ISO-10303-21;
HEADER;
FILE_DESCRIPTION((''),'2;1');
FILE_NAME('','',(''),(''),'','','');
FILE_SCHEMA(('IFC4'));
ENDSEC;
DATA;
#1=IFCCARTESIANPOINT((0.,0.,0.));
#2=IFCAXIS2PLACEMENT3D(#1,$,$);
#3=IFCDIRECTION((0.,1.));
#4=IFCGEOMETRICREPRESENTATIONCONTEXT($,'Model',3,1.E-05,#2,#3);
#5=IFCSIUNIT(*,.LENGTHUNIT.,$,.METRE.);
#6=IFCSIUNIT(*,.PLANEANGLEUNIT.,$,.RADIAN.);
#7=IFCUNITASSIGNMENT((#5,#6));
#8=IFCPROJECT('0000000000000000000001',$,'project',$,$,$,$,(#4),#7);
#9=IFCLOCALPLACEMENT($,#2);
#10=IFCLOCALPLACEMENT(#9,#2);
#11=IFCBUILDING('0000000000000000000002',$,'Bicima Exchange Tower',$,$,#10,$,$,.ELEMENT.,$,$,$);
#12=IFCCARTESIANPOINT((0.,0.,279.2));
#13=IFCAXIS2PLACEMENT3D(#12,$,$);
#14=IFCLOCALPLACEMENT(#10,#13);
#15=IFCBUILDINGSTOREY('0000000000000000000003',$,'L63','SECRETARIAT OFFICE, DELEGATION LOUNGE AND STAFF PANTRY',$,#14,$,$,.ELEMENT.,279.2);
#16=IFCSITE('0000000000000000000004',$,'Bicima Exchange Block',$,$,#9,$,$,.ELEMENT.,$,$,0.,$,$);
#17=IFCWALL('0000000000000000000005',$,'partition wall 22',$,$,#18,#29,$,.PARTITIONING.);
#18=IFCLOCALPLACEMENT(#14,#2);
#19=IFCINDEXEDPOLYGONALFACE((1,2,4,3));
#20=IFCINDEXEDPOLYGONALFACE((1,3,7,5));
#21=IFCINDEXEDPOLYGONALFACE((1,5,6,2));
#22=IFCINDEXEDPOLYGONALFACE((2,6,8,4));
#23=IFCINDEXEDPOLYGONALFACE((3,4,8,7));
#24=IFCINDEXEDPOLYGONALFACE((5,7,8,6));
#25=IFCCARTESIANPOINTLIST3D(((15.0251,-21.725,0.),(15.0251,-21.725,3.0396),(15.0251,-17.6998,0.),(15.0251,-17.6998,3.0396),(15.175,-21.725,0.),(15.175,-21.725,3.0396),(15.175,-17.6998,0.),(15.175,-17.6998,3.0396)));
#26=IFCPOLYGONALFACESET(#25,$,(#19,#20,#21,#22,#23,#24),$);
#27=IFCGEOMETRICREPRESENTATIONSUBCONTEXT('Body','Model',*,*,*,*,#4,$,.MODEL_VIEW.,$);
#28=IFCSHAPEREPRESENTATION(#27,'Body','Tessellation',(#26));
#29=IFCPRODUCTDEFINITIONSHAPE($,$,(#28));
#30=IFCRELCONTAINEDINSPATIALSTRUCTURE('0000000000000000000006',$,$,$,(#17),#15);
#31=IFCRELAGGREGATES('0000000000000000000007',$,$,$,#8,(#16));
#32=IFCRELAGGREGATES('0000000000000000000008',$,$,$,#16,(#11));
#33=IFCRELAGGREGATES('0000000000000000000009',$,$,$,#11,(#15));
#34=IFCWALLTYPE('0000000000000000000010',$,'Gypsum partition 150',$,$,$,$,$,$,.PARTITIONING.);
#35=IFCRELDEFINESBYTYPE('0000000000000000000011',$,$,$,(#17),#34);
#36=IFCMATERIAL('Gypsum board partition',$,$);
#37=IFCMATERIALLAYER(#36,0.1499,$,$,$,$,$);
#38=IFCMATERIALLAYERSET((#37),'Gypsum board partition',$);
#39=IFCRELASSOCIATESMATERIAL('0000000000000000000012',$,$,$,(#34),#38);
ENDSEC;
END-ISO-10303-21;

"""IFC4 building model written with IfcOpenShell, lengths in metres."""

from ifc_helpers import new_model, si_unit, direction, frame, frame_2d, origin, place, context, subcontext, project, spatial, rectangle, extrude, material, layer, layer_set, type_object, element, save


model = new_model("IFC4")

# Units and contexts
model_context = context("Model", 3, precision=1e-05, world=origin(), true_north=direction((0.0, 1.0)))
body_context = subcontext(model_context, "Body", "Model", "MODEL_VIEW")
ifc_project = project(units=[si_unit("LENGTHUNIT", "METRE"), si_unit("PLANEANGLEUNIT", "RADIAN")], contexts=[model_context])

# Site, building, storey
site_placement = place(None, origin())
site = spatial("IfcSite", under=ifc_project, at=site_placement, Name="Bicima Exchange Block", CompositionType="ELEMENT", RefElevation=0.0)
building_placement = place(site_placement, origin())
building = spatial("IfcBuilding", under=site, at=building_placement, Name="Bicima Exchange Tower", CompositionType="ELEMENT")
storey_placement = place(building_placement, frame((0.0, 0.0, 279.2)))
storey = spatial("IfcBuildingStorey", under=building, at=storey_placement, Name="L63", Description="SECRETARIAT OFFICE, DELEGATION LOUNGE AND STAFF PANTRY", CompositionType="ELEMENT", Elevation=279.2)

# Shared definitions
ifc_material_1 = material(Name="Gypsum board partition")

# Wall
ifc_layer_1 = layer(ifc_material_1, 0.1499)
ifc_layer_set_1 = layer_set([ifc_layer_1], Name="Gypsum board partition")
wall_type_1 = type_object("IfcWallType", Name="Gypsum partition 150", PredefinedType="PARTITIONING", material=ifc_layer_set_1)
for number, where, z_axis, x_axis, name in (
    (1, (15.1001, -21.7251, 0.0), (0.0, 0.0, 1.0), (0.0, 1.0, 0.0), "partition wall 22"),
):
    element("IfcWall", number, at=place(storey_placement, frame(where, z_axis=z_axis, x_axis=x_axis)), inside=storey, type_object=wall_type_1, Name=name, PredefinedType="PARTITIONING", context=body_context, shape_type="SweptSolid", body=[
        extrude(rectangle(XDim=4.0251, YDim=0.1499, at=frame_2d((2.0127, 0.0))), origin(), (0.0, 0.0, 1.0), 3.0396),
    ])

save(model, "model.ifc")
